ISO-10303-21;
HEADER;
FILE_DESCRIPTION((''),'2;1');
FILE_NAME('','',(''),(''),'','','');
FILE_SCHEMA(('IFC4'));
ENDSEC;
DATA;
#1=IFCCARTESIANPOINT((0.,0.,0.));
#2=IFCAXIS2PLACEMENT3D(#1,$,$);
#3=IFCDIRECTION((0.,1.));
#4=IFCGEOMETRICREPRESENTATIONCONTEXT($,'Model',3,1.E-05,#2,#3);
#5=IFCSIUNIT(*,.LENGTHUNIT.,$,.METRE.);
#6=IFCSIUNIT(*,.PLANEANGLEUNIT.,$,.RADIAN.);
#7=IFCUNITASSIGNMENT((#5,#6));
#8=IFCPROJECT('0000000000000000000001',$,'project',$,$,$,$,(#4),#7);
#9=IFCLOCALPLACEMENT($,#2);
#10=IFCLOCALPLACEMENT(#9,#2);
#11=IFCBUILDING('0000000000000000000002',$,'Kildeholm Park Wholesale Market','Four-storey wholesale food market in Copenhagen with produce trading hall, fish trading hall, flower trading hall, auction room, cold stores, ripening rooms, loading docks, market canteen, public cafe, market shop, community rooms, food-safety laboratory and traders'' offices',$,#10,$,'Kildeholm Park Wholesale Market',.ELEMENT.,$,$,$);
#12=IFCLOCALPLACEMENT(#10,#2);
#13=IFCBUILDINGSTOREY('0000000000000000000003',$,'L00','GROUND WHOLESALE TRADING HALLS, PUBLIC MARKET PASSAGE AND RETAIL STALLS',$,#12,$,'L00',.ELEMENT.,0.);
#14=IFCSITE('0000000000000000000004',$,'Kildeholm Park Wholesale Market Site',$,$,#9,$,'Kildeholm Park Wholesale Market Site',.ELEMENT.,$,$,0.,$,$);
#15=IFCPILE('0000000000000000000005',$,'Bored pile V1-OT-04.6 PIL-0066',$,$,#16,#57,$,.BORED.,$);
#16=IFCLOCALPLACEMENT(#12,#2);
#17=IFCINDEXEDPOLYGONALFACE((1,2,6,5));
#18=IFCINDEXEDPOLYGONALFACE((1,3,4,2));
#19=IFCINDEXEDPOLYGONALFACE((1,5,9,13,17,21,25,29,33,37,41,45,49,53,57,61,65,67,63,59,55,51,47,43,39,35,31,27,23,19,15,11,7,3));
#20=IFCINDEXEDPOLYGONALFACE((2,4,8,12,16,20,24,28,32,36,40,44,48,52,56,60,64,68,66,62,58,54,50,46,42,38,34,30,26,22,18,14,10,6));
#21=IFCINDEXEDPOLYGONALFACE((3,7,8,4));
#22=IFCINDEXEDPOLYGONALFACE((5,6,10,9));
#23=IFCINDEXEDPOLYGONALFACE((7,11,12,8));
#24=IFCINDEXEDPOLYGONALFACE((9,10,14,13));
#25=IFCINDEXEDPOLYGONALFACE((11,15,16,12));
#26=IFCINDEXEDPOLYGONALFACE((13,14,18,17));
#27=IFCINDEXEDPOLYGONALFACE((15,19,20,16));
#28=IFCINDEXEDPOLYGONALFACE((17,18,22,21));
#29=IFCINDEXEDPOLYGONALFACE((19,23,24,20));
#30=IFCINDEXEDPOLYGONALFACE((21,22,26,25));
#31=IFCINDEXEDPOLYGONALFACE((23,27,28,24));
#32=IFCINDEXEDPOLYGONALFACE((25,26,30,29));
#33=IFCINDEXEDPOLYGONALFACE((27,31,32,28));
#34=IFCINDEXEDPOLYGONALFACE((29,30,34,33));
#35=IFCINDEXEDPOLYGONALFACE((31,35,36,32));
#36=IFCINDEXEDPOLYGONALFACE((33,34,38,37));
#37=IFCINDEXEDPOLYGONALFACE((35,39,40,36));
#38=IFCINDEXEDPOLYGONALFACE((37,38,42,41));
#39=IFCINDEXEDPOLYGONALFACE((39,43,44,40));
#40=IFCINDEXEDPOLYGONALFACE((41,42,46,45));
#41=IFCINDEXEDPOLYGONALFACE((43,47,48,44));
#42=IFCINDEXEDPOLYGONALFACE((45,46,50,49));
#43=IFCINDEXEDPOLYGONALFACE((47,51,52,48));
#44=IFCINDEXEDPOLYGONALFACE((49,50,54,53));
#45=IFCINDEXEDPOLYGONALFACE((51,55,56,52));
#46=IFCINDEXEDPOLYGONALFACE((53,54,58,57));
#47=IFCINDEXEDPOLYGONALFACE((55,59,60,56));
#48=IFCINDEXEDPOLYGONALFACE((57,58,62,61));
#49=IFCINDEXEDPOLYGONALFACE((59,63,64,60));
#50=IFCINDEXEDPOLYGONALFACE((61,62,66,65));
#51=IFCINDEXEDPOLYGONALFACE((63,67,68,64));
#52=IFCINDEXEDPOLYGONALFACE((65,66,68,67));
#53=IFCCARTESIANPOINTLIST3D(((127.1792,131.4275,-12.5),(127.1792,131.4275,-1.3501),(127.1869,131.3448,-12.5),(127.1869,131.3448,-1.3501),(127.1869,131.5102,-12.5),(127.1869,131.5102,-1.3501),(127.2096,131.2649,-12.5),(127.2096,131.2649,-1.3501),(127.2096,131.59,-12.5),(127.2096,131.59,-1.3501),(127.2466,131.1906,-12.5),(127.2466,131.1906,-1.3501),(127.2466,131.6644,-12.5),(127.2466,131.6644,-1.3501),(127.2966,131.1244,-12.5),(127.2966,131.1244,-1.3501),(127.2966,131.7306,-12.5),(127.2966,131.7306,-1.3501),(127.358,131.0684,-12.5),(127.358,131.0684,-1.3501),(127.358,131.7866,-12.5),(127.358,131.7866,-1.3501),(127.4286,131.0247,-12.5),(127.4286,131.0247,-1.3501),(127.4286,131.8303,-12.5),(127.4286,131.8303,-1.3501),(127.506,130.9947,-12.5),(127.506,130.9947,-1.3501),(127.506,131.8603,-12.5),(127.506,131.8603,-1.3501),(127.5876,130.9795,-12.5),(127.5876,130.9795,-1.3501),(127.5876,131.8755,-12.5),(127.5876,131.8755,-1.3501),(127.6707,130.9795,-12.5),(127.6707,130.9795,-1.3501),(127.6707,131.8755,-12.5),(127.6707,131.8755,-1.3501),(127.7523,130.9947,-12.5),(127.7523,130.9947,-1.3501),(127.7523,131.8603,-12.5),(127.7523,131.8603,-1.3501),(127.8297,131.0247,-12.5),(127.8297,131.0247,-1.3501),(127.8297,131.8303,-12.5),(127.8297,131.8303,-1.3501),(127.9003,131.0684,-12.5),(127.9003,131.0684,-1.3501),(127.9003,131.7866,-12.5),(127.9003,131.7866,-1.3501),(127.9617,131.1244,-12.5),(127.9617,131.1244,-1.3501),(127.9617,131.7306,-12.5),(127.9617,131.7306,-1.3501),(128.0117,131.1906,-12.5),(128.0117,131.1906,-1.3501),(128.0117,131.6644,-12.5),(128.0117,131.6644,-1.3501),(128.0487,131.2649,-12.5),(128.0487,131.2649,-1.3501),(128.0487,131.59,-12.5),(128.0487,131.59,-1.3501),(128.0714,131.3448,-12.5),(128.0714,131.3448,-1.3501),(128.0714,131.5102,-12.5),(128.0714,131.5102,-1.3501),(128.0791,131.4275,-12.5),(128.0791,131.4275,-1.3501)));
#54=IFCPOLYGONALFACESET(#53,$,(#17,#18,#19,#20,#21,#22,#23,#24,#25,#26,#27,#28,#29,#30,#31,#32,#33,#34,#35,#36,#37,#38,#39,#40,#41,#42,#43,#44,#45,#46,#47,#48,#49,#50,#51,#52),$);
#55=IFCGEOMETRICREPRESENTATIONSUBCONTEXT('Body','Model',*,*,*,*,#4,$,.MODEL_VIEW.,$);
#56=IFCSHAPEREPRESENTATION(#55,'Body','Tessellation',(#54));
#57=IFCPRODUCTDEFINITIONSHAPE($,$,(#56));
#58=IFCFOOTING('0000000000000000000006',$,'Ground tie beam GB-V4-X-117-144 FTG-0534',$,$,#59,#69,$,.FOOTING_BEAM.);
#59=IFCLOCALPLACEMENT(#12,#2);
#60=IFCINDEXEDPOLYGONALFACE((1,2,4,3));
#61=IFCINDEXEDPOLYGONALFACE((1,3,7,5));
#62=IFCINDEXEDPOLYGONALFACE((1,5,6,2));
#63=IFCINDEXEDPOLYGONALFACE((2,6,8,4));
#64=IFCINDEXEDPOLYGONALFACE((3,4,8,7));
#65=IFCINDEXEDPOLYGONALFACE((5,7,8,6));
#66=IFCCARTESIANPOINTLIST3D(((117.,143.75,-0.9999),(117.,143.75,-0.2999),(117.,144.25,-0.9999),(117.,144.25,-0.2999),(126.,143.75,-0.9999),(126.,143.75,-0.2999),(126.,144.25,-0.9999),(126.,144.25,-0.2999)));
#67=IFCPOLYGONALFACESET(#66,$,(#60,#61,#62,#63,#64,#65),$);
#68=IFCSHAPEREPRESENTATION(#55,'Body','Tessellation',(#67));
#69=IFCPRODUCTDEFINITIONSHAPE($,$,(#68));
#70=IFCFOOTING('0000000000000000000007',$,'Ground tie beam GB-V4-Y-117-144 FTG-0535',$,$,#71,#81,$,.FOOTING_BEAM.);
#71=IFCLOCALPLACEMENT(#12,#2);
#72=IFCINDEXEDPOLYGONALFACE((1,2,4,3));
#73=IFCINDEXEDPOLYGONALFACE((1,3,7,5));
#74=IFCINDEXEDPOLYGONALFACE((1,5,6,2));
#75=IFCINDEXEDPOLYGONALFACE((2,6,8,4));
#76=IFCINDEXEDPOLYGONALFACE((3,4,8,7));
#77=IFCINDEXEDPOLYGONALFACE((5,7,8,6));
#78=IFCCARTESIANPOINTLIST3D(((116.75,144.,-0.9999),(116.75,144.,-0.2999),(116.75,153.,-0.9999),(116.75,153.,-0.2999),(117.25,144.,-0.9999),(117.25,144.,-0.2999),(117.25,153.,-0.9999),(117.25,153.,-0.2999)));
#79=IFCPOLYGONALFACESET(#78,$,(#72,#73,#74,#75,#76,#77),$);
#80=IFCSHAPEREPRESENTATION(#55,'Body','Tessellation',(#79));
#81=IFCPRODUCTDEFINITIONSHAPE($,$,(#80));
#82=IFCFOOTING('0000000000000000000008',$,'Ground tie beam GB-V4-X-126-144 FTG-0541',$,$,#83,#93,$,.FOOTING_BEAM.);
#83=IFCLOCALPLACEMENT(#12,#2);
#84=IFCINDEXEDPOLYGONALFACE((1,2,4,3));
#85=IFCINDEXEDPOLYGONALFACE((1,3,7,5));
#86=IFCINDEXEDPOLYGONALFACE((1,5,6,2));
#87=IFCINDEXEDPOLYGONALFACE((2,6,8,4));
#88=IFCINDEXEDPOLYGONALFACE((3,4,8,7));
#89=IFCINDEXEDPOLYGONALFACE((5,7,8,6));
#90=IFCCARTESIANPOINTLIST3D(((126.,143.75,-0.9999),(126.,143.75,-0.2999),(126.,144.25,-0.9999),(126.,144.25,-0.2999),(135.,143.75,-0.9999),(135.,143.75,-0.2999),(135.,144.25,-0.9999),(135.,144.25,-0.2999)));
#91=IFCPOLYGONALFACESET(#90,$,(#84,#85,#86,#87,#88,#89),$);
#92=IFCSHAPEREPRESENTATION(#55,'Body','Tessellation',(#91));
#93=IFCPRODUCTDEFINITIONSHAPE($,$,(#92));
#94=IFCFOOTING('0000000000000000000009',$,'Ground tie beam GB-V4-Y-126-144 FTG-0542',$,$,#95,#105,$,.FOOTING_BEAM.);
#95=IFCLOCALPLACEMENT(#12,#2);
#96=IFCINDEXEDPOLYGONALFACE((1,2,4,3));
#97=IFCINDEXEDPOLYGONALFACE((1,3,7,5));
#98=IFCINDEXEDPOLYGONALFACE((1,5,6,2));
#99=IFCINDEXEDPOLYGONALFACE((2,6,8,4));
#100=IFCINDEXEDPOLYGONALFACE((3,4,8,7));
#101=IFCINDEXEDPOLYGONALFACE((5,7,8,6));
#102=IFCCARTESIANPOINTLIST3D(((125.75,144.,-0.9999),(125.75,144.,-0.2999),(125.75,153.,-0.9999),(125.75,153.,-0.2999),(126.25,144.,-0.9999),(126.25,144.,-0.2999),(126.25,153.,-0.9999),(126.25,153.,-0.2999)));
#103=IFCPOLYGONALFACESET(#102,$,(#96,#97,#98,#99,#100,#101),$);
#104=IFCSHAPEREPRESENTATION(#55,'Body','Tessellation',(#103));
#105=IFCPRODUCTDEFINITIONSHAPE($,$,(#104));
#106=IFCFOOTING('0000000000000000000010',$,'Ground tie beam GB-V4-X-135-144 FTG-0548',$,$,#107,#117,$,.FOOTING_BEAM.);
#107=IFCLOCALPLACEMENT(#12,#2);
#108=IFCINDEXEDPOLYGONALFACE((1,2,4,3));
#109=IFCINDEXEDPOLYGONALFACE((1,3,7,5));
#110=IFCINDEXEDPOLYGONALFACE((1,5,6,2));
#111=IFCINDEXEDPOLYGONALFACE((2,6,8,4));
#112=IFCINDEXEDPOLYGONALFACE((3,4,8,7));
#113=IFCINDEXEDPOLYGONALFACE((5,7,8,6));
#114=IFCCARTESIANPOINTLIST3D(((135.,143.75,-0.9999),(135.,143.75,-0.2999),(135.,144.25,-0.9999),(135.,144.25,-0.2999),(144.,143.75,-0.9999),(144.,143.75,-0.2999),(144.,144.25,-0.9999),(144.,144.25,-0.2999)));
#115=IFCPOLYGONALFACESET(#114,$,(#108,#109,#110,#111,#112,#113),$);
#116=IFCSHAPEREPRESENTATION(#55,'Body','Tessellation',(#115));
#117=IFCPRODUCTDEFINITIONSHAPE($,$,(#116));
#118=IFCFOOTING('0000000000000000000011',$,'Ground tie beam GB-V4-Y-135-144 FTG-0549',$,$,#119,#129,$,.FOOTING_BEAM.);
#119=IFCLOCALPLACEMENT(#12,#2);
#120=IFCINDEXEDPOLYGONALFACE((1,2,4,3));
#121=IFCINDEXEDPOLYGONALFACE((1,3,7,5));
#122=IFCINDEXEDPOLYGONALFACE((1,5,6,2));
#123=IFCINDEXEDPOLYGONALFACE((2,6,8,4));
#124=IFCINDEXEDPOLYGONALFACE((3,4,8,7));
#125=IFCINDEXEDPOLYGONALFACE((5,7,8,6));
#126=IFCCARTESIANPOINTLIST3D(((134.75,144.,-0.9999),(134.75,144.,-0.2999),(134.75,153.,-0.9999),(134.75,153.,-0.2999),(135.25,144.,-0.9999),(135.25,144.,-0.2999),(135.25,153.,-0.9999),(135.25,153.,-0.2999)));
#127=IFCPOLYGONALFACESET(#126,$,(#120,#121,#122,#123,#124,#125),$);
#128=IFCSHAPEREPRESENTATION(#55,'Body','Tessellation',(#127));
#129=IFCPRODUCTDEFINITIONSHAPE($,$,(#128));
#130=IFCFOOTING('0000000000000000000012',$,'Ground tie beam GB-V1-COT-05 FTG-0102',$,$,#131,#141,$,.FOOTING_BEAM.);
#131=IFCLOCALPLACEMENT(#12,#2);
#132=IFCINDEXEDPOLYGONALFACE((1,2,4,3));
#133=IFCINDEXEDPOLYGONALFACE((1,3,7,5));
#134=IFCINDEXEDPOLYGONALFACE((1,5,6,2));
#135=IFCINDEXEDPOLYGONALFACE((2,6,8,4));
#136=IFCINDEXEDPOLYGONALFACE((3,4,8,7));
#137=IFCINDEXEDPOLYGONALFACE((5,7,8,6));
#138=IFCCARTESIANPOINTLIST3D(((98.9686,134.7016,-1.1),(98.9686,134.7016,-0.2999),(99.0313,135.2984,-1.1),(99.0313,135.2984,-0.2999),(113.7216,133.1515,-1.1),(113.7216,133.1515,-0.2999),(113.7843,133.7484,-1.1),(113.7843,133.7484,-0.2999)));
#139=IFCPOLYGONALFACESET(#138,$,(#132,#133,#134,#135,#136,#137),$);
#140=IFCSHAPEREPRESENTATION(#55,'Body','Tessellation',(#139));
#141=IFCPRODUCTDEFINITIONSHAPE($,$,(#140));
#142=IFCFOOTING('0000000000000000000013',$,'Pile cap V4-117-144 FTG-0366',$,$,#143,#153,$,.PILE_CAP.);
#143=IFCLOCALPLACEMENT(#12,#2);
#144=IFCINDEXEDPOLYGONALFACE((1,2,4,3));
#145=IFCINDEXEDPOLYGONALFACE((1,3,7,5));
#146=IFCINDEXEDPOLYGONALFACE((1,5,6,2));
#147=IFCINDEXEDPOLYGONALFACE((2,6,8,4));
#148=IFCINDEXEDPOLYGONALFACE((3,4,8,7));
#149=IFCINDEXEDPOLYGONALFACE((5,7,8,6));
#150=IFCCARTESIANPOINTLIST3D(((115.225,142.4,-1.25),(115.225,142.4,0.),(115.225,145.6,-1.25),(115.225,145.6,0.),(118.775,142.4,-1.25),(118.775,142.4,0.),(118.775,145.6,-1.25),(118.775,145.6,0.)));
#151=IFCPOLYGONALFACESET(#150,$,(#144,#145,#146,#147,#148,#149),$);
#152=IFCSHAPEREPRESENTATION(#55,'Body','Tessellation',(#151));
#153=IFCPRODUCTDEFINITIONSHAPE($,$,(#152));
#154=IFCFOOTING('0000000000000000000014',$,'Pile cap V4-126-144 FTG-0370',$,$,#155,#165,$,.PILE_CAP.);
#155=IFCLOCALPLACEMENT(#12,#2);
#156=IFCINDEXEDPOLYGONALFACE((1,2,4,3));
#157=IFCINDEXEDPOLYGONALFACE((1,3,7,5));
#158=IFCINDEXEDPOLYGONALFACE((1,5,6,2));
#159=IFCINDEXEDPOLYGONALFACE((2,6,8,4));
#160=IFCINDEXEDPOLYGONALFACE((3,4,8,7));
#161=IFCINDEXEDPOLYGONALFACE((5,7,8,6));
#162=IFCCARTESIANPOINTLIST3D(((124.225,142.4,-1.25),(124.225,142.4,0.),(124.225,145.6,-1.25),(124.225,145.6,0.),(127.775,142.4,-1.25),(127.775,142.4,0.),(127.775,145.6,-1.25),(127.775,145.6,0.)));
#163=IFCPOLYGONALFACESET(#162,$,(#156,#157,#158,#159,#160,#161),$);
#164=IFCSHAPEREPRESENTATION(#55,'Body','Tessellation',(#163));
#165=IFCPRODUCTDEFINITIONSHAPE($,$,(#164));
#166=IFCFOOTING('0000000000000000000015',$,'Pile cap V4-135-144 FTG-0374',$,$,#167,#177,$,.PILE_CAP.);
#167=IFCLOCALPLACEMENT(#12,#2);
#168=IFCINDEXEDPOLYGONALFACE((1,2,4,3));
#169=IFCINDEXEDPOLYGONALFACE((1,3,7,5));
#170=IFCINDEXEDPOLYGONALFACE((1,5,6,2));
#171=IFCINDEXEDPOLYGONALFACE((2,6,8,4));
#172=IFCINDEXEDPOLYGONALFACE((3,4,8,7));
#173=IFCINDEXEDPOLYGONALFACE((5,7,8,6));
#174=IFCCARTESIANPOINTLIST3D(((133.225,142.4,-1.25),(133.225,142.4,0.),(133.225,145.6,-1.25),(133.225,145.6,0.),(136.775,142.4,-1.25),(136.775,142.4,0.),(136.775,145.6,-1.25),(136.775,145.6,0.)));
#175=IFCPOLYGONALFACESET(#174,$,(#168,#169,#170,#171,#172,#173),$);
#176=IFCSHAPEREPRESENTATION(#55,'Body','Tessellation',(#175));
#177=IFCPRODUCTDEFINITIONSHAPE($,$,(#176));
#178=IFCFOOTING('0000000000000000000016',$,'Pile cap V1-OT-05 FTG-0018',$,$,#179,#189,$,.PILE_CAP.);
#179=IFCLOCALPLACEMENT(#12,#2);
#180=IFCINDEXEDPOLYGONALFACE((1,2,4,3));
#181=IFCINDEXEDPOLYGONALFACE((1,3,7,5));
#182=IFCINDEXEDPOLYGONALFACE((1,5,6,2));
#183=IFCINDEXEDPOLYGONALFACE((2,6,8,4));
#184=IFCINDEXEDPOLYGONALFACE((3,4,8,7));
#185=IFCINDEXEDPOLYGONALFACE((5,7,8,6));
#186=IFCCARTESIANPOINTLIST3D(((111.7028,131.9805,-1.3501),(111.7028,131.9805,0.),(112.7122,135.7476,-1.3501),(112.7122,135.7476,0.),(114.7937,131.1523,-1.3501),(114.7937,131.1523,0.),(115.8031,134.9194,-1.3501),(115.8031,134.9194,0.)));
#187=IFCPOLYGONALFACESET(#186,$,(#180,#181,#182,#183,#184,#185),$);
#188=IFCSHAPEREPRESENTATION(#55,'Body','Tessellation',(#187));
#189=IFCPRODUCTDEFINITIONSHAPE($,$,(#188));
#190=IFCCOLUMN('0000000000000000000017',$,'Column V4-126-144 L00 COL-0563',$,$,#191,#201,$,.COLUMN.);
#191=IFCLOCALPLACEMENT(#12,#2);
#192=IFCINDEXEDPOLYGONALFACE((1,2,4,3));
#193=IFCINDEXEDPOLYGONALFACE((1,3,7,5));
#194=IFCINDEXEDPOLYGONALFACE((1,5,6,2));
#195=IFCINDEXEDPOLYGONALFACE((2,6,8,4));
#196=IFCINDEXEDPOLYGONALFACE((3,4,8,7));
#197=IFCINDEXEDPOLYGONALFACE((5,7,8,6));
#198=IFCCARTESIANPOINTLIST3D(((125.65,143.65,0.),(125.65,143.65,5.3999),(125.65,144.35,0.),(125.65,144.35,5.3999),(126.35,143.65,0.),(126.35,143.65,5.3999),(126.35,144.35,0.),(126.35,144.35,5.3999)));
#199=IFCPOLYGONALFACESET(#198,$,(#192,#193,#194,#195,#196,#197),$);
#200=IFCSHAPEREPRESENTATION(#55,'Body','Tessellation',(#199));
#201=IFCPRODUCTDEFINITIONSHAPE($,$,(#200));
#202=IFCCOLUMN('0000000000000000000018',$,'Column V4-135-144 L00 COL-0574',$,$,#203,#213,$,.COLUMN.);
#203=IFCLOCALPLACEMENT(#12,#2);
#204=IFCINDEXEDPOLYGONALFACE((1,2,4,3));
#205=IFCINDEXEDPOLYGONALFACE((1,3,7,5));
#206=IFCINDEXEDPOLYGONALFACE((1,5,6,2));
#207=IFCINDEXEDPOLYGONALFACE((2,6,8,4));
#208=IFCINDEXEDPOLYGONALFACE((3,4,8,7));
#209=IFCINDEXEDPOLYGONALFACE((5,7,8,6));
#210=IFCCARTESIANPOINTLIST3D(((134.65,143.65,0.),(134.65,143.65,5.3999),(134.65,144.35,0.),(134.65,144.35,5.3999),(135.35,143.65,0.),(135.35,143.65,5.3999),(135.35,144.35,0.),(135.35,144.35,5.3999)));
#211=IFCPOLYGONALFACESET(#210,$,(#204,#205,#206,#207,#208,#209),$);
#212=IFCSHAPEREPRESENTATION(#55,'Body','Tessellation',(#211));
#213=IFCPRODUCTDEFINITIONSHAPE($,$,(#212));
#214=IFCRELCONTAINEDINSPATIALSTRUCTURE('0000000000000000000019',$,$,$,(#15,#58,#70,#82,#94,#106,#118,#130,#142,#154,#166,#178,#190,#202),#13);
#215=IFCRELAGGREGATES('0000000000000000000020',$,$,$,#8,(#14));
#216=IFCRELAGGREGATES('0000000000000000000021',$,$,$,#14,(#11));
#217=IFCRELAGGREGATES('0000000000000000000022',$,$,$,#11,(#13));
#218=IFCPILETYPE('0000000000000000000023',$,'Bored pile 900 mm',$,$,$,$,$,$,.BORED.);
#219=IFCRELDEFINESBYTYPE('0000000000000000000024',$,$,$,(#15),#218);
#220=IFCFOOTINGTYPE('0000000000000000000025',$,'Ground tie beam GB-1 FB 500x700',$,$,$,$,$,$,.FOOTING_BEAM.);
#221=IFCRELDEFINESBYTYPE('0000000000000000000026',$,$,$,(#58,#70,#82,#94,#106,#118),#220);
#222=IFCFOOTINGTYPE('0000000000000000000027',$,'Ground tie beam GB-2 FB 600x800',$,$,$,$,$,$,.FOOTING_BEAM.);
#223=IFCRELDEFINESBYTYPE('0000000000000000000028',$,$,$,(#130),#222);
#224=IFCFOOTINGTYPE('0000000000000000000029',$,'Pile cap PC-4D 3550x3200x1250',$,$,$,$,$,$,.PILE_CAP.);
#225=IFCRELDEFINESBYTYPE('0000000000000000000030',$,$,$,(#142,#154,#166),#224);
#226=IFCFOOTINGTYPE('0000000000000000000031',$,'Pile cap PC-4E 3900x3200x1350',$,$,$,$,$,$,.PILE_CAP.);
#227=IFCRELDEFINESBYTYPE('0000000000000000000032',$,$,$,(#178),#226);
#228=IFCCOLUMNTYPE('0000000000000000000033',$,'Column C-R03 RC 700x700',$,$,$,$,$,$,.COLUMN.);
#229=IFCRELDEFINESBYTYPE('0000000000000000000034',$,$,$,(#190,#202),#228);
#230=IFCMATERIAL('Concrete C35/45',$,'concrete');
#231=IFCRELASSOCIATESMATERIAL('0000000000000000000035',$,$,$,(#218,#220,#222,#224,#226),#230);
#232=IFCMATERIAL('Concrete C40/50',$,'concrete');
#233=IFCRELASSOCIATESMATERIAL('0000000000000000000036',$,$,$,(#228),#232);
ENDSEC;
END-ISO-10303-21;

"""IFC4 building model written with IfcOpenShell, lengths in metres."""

from ifc_helpers import new_model, si_unit, direction, frame, origin, origin_2d, place, context, subcontext, project, spatial, rectangle, circle, extrude, material, material_profile, profile_set, type_object, element, save


model = new_model("IFC4")

# Units and contexts
model_context = context("Model", 3, precision=1e-05, world=origin(), true_north=direction((0.0, 1.0)))
body_context = subcontext(model_context, "Body", "Model", "MODEL_VIEW")
ifc_project = project(units=[si_unit("LENGTHUNIT", "METRE"), si_unit("PLANEANGLEUNIT", "RADIAN")], contexts=[model_context])

# Site, building, storey
site_placement = place(None, origin())
site = spatial("IfcSite", under=ifc_project, at=site_placement, Name="Kildeholm Park Wholesale Market Site", LongName="Kildeholm Park Wholesale Market Site", CompositionType="ELEMENT", RefElevation=0.0)
building_placement = place(site_placement, origin())
building = spatial("IfcBuilding", under=site, at=building_placement, Name="Kildeholm Park Wholesale Market", Description="Four-storey wholesale food market in Copenhagen with produce trading hall, fish trading hall, flower trading hall, auction room, cold stores, ripening rooms, loading docks, market canteen, public cafe, market shop, community rooms, food-safety laboratory and traders' offices", LongName="Kildeholm Park Wholesale Market", CompositionType="ELEMENT")
storey_placement = place(building_placement, origin())
storey = spatial("IfcBuildingStorey", under=building, at=storey_placement, Name="L00", Description="GROUND WHOLESALE TRADING HALLS, PUBLIC MARKET PASSAGE AND RETAIL STALLS", LongName="L00", CompositionType="ELEMENT", Elevation=0.0)

# Pile
ifc_material_1 = material(Name="Concrete C35/45", Category="concrete")
ifc_material_profile_1 = material_profile(ifc_material_1, circle(Radius=0.45, at=origin_2d()), Name="PILE D900")
ifc_profile_set_1 = profile_set([ifc_material_profile_1], Name="Concrete C35/45")
pile_type_1 = type_object("IfcPileType", Name="Bored pile 900 mm", PredefinedType="BORED", material=ifc_profile_set_1)
pile_placement = place(storey_placement, frame((127.6292, 131.4275, -1.3501), z_axis=(0.0, 0.0, -1.0), x_axis=(1.0, 0.0, 0.0)))
element("IfcPile", 1, at=pile_placement, inside=storey, type_object=pile_type_1, Name="Bored pile V1-OT-04.6 PIL-0066", PredefinedType="BORED", context=body_context, shape_type="SweptSolid", body=[
    extrude(circle(Radius=0.45, at=origin_2d()), origin(), (0.0, 0.0, 1.0), 11.1499),
])

# Footings
ifc_material_profile_2 = material_profile(ifc_material_1, rectangle(XDim=0.5, YDim=0.7, at=origin_2d()), Name="FB 500x700")
ifc_profile_set_2 = profile_set([ifc_material_profile_2], Name="Concrete C35/45")
footing_type_1 = type_object("IfcFootingType", Name="Ground tie beam GB-1 FB 500x700", PredefinedType="FOOTING_BEAM", material=ifc_profile_set_2)
for number, where, z_axis, x_axis, name in (
    (2, (117.0, 144.0, -0.6499), (1.0, 0.0, 0.0), (0.0, 1.0, 0.0), "Ground tie beam GB-V4-X-117-144 FTG-0534"),
    (3, (117.0, 144.0, -0.6499), (0.0, 1.0, 0.0), (-1.0, 0.0, 0.0), "Ground tie beam GB-V4-Y-117-144 FTG-0535"),
    (4, (126.0, 144.0, -0.6499), (1.0, 0.0, 0.0), (0.0, 1.0, 0.0), "Ground tie beam GB-V4-X-126-144 FTG-0541"),
    (5, (126.0, 144.0, -0.6499), (0.0, 1.0, 0.0), (-1.0, 0.0, 0.0), "Ground tie beam GB-V4-Y-126-144 FTG-0542"),
    (6, (135.0, 144.0, -0.6499), (1.0, 0.0, 0.0), (0.0, 1.0, 0.0), "Ground tie beam GB-V4-X-135-144 FTG-0548"),
    (7, (135.0, 144.0, -0.6499), (0.0, 1.0, 0.0), (-1.0, 0.0, 0.0), "Ground tie beam GB-V4-Y-135-144 FTG-0549"),
):
    element("IfcFooting", number, at=place(storey_placement, frame(where, z_axis=z_axis, x_axis=x_axis)), inside=storey, type_object=footing_type_1, Name=name, PredefinedType="FOOTING_BEAM", context=body_context, shape_type="SweptSolid", body=[
        extrude(rectangle(XDim=0.5, YDim=0.7, at=origin_2d()), origin(), (0.0, 0.0, 1.0), 9.0),
    ])
ifc_material_profile_3 = material_profile(ifc_material_1, rectangle(XDim=0.6001, YDim=0.8, at=origin_2d()), Name="FB 600x800")
ifc_profile_set_3 = profile_set([ifc_material_profile_3], Name="Concrete C35/45")
footing_type_2 = type_object("IfcFootingType", Name="Ground tie beam GB-2 FB 600x800", PredefinedType="FOOTING_BEAM", material=ifc_profile_set_3)
footing_1_placement = place(storey_placement, frame((113.7529, 133.45, -0.7), z_axis=(-0.994526, 0.104492, 0.0), x_axis=(-0.104492, -0.994526, 0.0)))
element("IfcFooting", 8, at=footing_1_placement, inside=storey, type_object=footing_type_2, Name="Ground tie beam GB-V1-COT-05 FTG-0102", PredefinedType="FOOTING_BEAM", context=body_context, shape_type="SweptSolid", body=[
    extrude(rectangle(XDim=0.6001, YDim=0.8, at=origin_2d()), origin(), (0.0, 0.0, 1.0), 14.8342),
])
footing_type_3 = type_object("IfcFootingType", Name="Pile cap PC-4D 3550x3200x1250", PredefinedType="PILE_CAP", material=ifc_material_1)
for number, where, z_axis, x_axis, name in (
    (9, (117.0, 144.0, -1.25), (0.0, 0.0, 1.0), (1.0, 0.0, 0.0), "Pile cap V4-117-144 FTG-0366"),
    (10, (126.0, 144.0, -1.25), (0.0, 0.0, 1.0), (1.0, 0.0, 0.0), "Pile cap V4-126-144 FTG-0370"),
    (11, (135.0, 144.0, -1.25), (0.0, 0.0, 1.0), (1.0, 0.0, 0.0), "Pile cap V4-135-144 FTG-0374"),
):
    element("IfcFooting", number, at=place(storey_placement, frame(where, z_axis=z_axis, x_axis=x_axis)), inside=storey, type_object=footing_type_3, Name=name, PredefinedType="PILE_CAP", context=body_context, shape_type="SweptSolid", body=[
        extrude(rectangle(XDim=3.55, YDim=3.2, at=origin_2d()), origin(), (0.0, 0.0, 1.0), 1.25),
    ])
footing_type_4 = type_object("IfcFootingType", Name="Pile cap PC-4E 3900x3200x1350", PredefinedType="PILE_CAP", material=ifc_material_1)
footing_2_placement = place(storey_placement, frame((113.7529, 133.45, -1.3501), z_axis=(0.0, 0.0, 1.0), x_axis=(0.258819, 0.965926, 0.0)))
element("IfcFooting", 12, at=footing_2_placement, inside=storey, type_object=footing_type_4, Name="Pile cap V1-OT-05 FTG-0018", PredefinedType="PILE_CAP", context=body_context, shape_type="SweptSolid", body=[
    extrude(rectangle(XDim=3.8999, YDim=3.2, at=origin_2d()), origin(), (0.0, 0.0, 1.0), 1.3501),
])

# Columns
ifc_material_2 = material(Name="Concrete C40/50", Category="concrete")
ifc_material_profile_4 = material_profile(ifc_material_2, rectangle(XDim=0.7, YDim=0.7, at=origin_2d()), Name="RC 700x700")
ifc_profile_set_4 = profile_set([ifc_material_profile_4], Name="Concrete C40/50")
column_type_1 = type_object("IfcColumnType", Name="Column C-R03 RC 700x700", PredefinedType="COLUMN", material=ifc_profile_set_4)
for number, where, z_axis, x_axis, name in (
    (13, (126.0, 144.0, 0.0), (0.0, 0.0, 1.0), (1.0, 0.0, 0.0), "Column V4-126-144 L00 COL-0563"),
    (14, (135.0, 144.0, 0.0), (0.0, 0.0, 1.0), (1.0, 0.0, 0.0), "Column V4-135-144 L00 COL-0574"),
):
    element("IfcColumn", number, at=place(storey_placement, frame(where, z_axis=z_axis, x_axis=x_axis)), inside=storey, type_object=column_type_1, Name=name, PredefinedType="COLUMN", context=body_context, shape_type="SweptSolid", body=[
        extrude(rectangle(XDim=0.7, YDim=0.7, at=origin_2d()), origin(), (0.0, 0.0, 1.0), 5.3999),
    ])

save(model, "model.ifc")
